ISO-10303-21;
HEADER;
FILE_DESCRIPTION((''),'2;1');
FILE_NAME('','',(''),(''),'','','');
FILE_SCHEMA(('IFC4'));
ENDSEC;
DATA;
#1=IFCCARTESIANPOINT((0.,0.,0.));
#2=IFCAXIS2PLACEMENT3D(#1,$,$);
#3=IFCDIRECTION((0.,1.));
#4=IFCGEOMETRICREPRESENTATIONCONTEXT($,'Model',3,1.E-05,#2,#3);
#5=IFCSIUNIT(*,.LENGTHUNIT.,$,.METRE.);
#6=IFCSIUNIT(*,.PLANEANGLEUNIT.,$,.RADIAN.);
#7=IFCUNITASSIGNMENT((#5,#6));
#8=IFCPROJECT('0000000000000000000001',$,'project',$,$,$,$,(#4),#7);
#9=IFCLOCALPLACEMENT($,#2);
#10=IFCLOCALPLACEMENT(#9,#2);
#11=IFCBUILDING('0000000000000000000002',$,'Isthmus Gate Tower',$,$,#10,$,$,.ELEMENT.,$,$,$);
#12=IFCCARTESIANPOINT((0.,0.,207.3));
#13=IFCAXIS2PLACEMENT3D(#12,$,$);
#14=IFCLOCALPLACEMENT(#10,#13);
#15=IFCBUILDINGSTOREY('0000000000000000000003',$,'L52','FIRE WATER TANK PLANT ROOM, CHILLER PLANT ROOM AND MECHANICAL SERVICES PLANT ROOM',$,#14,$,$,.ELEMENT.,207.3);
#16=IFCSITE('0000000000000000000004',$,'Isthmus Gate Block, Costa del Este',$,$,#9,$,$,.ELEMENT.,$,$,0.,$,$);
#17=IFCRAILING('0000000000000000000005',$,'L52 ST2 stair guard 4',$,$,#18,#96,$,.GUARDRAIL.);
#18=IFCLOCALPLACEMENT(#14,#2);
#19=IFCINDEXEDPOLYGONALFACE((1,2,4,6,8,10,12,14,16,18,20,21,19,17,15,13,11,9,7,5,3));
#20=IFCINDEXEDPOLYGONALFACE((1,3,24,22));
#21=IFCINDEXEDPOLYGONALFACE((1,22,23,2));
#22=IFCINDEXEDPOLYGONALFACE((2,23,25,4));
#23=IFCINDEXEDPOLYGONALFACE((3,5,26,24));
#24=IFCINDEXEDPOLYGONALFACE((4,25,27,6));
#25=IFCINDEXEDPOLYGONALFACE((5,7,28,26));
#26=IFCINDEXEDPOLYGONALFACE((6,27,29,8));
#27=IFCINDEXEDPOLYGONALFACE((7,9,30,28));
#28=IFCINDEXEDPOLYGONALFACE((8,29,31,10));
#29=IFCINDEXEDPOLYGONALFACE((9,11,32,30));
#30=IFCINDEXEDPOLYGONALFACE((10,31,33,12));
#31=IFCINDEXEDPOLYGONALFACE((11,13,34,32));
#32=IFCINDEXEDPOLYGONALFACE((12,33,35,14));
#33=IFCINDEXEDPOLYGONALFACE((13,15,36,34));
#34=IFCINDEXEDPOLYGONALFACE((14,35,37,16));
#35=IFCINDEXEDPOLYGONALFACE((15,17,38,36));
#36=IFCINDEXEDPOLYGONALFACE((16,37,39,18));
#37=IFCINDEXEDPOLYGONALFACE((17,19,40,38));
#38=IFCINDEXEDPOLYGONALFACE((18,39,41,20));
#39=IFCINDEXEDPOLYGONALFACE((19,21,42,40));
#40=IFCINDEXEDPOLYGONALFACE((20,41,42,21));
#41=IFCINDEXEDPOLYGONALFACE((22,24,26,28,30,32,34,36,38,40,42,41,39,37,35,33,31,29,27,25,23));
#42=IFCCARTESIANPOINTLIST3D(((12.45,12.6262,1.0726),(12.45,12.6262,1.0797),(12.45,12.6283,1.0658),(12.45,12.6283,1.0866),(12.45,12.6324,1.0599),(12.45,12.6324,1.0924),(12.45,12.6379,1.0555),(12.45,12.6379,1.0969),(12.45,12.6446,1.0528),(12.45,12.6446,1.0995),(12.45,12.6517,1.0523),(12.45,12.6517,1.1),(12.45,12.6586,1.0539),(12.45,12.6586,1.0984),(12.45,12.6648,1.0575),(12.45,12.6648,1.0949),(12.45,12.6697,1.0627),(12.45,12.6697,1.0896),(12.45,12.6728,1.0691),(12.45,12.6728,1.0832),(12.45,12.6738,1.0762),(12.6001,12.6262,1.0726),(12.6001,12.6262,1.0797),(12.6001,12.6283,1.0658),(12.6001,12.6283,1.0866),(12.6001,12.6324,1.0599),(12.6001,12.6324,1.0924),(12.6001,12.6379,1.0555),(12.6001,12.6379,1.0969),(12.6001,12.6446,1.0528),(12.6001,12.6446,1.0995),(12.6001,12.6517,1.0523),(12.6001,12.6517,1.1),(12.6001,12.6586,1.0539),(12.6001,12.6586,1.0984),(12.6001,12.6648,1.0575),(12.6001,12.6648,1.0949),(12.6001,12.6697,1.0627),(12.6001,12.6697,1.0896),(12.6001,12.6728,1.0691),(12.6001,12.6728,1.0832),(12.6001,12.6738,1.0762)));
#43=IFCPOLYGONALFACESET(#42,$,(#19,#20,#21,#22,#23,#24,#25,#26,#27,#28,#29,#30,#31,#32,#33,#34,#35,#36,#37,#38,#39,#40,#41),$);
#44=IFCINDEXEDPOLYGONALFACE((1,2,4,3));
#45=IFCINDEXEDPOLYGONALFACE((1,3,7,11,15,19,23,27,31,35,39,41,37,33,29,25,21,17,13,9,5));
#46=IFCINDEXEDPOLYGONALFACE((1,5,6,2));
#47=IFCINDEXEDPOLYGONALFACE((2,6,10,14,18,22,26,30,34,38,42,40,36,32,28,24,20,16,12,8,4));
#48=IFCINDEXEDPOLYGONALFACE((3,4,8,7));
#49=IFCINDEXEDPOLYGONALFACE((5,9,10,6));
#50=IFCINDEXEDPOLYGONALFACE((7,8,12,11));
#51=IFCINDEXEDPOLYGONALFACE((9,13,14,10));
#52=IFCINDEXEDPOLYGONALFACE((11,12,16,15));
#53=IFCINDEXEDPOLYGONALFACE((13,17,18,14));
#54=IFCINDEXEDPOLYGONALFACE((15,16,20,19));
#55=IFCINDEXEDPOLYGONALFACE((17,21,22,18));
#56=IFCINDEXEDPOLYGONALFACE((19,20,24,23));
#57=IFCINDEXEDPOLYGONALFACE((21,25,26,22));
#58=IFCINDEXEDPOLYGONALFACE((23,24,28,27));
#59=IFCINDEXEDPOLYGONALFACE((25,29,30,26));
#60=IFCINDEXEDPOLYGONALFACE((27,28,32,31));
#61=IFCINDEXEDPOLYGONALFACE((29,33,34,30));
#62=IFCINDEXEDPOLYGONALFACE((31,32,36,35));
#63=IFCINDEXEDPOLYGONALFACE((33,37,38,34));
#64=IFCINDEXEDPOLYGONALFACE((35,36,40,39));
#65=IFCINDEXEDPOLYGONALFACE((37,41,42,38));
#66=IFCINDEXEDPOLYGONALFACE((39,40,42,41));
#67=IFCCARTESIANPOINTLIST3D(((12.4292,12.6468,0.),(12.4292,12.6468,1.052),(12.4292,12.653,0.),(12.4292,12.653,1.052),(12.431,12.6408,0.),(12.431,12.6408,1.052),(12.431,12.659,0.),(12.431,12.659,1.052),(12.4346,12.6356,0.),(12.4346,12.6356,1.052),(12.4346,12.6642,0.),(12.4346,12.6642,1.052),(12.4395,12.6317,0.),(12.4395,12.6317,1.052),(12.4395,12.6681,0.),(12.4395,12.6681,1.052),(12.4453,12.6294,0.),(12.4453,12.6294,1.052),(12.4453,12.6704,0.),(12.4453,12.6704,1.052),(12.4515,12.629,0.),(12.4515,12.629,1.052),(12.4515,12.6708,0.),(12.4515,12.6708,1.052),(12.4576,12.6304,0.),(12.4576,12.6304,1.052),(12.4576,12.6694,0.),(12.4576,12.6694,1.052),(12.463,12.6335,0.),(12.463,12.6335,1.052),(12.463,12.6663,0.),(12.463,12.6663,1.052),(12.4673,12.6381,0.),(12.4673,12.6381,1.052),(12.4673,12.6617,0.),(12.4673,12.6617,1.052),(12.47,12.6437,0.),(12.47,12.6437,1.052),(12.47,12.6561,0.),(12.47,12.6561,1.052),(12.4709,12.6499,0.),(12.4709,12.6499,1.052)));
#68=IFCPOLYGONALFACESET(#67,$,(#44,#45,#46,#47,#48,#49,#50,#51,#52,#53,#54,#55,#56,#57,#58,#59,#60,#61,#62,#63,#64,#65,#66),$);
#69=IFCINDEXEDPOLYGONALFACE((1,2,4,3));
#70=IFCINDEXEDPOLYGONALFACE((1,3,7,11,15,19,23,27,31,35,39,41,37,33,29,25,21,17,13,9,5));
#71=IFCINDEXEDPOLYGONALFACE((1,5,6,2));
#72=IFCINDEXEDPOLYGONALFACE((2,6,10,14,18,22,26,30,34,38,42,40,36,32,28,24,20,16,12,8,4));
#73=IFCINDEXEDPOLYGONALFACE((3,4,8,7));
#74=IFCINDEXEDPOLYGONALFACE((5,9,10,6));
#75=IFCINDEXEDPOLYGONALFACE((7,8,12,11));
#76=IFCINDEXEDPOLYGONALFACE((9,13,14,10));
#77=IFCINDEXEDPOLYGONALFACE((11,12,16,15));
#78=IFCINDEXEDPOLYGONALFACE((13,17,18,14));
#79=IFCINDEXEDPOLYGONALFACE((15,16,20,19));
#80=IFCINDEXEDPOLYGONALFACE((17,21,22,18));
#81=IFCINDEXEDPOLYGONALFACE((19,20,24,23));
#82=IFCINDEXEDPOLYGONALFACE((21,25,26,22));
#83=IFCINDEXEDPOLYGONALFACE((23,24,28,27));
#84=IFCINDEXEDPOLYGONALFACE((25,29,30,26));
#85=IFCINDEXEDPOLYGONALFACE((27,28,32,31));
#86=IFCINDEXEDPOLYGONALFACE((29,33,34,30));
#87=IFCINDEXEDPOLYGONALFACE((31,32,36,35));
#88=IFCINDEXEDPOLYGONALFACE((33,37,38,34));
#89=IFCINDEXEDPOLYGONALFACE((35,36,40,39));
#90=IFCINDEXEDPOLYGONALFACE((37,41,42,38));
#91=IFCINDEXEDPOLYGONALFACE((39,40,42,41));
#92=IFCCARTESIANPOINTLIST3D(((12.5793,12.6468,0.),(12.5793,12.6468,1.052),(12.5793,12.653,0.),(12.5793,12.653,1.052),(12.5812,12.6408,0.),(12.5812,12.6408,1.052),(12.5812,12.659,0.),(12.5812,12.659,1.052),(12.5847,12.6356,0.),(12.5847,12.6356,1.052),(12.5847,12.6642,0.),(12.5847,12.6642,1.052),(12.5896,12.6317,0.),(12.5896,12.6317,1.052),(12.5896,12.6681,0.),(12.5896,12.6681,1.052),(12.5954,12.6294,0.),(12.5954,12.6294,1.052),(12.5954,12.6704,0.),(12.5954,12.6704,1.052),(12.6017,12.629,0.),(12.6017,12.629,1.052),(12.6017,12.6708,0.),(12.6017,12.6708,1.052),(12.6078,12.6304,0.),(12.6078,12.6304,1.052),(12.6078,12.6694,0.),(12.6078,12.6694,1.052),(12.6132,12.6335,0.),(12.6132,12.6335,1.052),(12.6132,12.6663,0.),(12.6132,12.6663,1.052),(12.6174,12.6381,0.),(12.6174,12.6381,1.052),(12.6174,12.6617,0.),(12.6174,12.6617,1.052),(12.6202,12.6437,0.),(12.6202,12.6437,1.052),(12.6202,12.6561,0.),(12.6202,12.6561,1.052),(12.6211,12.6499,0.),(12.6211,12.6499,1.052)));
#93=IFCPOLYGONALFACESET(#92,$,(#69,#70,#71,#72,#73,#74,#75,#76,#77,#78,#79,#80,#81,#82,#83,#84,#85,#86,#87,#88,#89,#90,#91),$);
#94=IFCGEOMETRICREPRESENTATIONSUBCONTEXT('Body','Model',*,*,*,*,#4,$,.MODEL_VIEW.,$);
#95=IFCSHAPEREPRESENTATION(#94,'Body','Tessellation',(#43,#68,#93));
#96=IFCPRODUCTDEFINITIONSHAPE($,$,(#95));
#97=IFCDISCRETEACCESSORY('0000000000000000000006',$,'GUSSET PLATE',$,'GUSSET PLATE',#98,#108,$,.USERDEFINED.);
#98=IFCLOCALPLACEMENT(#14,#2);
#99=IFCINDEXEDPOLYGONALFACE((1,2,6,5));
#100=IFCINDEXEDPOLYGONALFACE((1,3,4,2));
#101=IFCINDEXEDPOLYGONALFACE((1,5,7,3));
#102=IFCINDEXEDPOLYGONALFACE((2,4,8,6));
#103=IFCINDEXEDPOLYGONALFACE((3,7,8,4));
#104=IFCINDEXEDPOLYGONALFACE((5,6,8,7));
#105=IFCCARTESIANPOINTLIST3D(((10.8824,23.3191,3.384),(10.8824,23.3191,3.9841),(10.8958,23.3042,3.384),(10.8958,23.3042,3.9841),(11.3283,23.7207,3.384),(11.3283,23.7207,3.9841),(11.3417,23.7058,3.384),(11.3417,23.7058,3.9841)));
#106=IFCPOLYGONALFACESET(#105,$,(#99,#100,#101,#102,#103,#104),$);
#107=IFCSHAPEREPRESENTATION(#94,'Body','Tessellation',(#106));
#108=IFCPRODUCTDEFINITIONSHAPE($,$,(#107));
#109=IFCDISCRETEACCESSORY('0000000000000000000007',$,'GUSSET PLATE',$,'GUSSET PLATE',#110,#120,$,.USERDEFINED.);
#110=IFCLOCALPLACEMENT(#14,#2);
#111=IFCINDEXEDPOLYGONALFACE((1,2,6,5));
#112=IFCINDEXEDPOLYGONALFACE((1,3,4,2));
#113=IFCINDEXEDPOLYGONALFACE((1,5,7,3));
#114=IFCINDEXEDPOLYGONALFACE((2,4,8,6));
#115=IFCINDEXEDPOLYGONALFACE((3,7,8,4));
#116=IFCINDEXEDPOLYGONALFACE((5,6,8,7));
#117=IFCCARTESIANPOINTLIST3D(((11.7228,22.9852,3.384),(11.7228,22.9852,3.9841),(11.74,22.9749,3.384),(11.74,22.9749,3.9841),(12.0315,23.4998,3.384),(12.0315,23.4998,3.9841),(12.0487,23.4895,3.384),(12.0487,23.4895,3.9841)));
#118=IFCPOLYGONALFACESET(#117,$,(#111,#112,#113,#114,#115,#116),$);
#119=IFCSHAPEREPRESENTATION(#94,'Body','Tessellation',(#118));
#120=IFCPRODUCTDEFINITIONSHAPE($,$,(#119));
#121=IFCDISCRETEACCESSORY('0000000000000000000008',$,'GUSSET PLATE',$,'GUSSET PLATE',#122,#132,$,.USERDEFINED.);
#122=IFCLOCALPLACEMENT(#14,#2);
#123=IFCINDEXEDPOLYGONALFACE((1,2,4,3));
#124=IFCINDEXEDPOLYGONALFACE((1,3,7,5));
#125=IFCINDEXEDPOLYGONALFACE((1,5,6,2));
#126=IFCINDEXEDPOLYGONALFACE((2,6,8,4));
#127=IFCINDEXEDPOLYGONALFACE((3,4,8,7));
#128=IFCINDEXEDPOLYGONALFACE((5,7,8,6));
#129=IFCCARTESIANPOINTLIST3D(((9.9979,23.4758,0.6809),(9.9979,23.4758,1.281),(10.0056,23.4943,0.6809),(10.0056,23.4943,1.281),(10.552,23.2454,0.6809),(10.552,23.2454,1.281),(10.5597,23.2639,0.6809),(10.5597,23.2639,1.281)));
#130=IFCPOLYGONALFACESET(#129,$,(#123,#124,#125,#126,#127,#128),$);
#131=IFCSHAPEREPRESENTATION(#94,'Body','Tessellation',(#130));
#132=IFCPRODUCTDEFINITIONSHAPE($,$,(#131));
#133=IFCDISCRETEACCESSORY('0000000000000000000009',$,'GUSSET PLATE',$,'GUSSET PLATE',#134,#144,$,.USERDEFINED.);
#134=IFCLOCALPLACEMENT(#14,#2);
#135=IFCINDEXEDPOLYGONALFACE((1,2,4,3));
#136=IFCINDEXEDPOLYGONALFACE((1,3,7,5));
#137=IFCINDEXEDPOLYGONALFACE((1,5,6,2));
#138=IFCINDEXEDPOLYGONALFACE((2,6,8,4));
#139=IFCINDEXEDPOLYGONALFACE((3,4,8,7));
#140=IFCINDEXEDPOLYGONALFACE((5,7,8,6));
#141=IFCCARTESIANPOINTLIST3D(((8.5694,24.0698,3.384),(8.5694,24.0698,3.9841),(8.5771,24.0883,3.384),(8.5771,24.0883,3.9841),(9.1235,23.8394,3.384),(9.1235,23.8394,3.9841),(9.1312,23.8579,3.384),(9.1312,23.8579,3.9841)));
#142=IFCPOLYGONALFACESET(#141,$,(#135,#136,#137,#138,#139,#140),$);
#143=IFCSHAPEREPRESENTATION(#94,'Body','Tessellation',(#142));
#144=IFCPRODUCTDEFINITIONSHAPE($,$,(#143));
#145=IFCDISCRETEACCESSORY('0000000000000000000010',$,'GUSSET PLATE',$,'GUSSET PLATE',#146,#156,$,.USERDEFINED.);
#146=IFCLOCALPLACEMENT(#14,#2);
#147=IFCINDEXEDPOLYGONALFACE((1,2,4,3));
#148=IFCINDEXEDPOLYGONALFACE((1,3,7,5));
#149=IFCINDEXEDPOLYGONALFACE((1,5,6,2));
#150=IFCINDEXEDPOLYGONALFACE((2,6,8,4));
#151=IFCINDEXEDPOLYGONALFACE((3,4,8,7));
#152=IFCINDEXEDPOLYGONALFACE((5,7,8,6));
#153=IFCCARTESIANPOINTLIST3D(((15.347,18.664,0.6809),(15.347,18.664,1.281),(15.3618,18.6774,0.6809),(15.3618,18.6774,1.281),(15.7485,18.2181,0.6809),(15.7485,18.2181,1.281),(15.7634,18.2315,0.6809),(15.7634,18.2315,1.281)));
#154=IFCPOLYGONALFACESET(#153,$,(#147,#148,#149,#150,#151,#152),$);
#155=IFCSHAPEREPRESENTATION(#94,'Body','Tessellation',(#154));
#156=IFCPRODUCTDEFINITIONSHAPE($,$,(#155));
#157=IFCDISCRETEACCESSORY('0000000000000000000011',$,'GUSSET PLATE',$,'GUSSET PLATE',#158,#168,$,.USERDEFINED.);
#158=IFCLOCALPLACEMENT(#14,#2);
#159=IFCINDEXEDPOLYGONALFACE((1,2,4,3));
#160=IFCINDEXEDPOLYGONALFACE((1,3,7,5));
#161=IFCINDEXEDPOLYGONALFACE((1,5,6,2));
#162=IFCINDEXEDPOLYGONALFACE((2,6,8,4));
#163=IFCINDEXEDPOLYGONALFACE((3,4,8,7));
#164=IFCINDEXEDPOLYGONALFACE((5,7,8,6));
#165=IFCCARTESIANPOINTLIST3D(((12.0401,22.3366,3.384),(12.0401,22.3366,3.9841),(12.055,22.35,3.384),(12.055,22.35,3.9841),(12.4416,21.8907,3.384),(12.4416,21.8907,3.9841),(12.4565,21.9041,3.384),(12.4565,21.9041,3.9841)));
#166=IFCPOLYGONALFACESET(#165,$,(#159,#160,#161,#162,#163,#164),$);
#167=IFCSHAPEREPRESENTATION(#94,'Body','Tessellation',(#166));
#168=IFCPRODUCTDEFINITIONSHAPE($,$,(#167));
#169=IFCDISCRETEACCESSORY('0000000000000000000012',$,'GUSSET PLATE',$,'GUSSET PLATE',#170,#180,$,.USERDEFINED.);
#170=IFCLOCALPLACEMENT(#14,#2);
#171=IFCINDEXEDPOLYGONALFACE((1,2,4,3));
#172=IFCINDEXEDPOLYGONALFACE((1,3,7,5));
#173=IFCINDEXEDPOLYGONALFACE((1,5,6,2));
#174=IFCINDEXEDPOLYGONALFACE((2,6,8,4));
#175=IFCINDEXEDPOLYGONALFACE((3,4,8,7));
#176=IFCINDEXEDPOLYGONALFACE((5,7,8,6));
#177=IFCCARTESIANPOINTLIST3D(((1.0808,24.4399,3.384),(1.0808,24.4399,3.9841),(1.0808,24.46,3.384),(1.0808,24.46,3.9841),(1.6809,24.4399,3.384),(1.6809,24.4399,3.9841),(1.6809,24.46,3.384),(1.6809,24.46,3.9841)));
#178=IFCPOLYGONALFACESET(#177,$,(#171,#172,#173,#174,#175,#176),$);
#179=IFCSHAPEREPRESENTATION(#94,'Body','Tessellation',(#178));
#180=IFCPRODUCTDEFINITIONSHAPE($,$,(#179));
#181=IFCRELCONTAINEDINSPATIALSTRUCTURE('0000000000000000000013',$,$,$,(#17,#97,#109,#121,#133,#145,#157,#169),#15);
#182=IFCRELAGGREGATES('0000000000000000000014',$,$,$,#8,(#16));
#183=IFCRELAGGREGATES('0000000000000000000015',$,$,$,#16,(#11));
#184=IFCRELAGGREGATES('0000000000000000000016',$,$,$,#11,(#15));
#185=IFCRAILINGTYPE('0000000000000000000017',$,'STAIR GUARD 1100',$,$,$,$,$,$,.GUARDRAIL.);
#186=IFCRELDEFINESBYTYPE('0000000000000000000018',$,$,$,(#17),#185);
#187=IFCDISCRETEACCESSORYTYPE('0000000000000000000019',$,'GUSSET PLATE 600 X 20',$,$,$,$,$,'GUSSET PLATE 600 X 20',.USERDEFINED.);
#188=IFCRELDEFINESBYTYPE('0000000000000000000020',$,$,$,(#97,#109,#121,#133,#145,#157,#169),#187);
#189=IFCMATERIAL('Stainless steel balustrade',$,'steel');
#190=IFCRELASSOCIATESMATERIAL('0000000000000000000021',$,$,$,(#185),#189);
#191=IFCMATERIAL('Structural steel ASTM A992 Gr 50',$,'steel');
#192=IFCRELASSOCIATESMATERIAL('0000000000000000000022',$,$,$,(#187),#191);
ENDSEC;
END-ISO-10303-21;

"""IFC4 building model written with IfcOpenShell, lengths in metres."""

from ifc_helpers import new_model, si_unit, direction, frame, origin, origin_2d, place, context, subcontext, project, spatial, rectangle, circle, extrude, material, type_object, element, save


model = new_model("IFC4")

# Units and contexts
model_context = context("Model", 3, precision=1e-05, world=origin(), true_north=direction((0.0, 1.0)))
body_context = subcontext(model_context, "Body", "Model", "MODEL_VIEW")
ifc_project = project(units=[si_unit("LENGTHUNIT", "METRE"), si_unit("PLANEANGLEUNIT", "RADIAN")], contexts=[model_context])

# Site, building, storey
site_placement = place(None, origin())
site = spatial("IfcSite", under=ifc_project, at=site_placement, Name="Isthmus Gate Block, Costa del Este", CompositionType="ELEMENT", RefElevation=0.0)
building_placement = place(site_placement, origin())
building = spatial("IfcBuilding", under=site, at=building_placement, Name="Isthmus Gate Tower", CompositionType="ELEMENT")
storey_placement = place(building_placement, frame((0.0, 0.0, 207.3)))
storey = spatial("IfcBuildingStorey", under=building, at=storey_placement, Name="L52", Description="FIRE WATER TANK PLANT ROOM, CHILLER PLANT ROOM AND MECHANICAL SERVICES PLANT ROOM", CompositionType="ELEMENT", Elevation=207.3)

# Railing
ifc_material_1 = material(Name="Stainless steel balustrade", Category="steel")
railing_type = type_object("IfcRailingType", Name="STAIR GUARD 1100", PredefinedType="GUARDRAIL", material=ifc_material_1)
railing_1_placement = place(storey_placement, frame((12.45, 12.6499, 0.0)))
element("IfcRailing", 1, at=railing_1_placement, inside=storey, type_object=railing_type, Name="L52 ST2 stair guard 4", PredefinedType="GUARDRAIL", context=body_context, shape_type="SweptSolid", body=[
    extrude(circle(Radius=0.0239, at=origin_2d()), frame((0.0, 0.0, 1.0762), z_axis=(1.0, 0.0, 0.0), x_axis=(0.0, 1.0, 0.0)), (0.0, 0.0, 1.0), 0.1501),
    extrude(circle(Radius=0.021, at=origin_2d()), origin(), (0.0, 0.0, 1.0), 1.052),
    extrude(circle(Radius=0.021, at=origin_2d()), frame((0.1501, 0.0, 0.0)), (0.0, 0.0, 1.0), 1.052),
])

# Discrete accessories
ifc_material_2 = material(Name="Structural steel ASTM A992 Gr 50", Category="steel")
discrete_accessory_type = type_object("IfcDiscreteAccessoryType", Name="GUSSET PLATE 600 X 20", ElementType="GUSSET PLATE 600 X 20", PredefinedType="USERDEFINED", material=ifc_material_2)
for number, where, z_axis, x_axis, name in (
    (2, (11.1121, 23.5125, 3.384), (0.0, 0.0, 1.0), (-0.743145, -0.669131, 0.0), "GUSSET PLATE"),
    (3, (11.8857, 23.2373, 3.384), (0.0, 0.0, 1.0), (-0.514432, -0.857531, 0.0), "GUSSET PLATE"),
    (4, (10.2788, 23.3699, 0.6809), (0.0, 0.0, 1.0), (-0.923353, 0.383952, 0.0), "GUSSET PLATE"),
    (5, (8.8503, 23.9639, 3.384), (0.0, 0.0, 1.0), (-0.923353, 0.383952, 0.0), "GUSSET PLATE"),
    (6, (15.5552, 18.4478, 0.6809), (0.0, 0.0, 1.0), (-0.669131, 0.743145, 0.0), "GUSSET PLATE"),
    (7, (12.2483, 22.1204, 3.384), (0.0, 0.0, 1.0), (-0.669131, 0.743145, 0.0), "GUSSET PLATE"),
    (8, (1.3809, 24.45, 3.384), (0.0, 0.0, 1.0), (1.0, 0.0, 0.0), "GUSSET PLATE"),
):
    element("IfcDiscreteAccessory", number, at=place(storey_placement, frame(where, z_axis=z_axis, x_axis=x_axis)), inside=storey, type_object=discrete_accessory_type, Name=name, ObjectType="GUSSET PLATE", PredefinedType="USERDEFINED", context=body_context, shape_type="SweptSolid", body=[
        extrude(rectangle(XDim=0.6001, YDim=0.02, at=origin_2d()), origin(), (0.0, 0.0, 1.0), 0.6001),
    ])

save(model, "model.ifc")
